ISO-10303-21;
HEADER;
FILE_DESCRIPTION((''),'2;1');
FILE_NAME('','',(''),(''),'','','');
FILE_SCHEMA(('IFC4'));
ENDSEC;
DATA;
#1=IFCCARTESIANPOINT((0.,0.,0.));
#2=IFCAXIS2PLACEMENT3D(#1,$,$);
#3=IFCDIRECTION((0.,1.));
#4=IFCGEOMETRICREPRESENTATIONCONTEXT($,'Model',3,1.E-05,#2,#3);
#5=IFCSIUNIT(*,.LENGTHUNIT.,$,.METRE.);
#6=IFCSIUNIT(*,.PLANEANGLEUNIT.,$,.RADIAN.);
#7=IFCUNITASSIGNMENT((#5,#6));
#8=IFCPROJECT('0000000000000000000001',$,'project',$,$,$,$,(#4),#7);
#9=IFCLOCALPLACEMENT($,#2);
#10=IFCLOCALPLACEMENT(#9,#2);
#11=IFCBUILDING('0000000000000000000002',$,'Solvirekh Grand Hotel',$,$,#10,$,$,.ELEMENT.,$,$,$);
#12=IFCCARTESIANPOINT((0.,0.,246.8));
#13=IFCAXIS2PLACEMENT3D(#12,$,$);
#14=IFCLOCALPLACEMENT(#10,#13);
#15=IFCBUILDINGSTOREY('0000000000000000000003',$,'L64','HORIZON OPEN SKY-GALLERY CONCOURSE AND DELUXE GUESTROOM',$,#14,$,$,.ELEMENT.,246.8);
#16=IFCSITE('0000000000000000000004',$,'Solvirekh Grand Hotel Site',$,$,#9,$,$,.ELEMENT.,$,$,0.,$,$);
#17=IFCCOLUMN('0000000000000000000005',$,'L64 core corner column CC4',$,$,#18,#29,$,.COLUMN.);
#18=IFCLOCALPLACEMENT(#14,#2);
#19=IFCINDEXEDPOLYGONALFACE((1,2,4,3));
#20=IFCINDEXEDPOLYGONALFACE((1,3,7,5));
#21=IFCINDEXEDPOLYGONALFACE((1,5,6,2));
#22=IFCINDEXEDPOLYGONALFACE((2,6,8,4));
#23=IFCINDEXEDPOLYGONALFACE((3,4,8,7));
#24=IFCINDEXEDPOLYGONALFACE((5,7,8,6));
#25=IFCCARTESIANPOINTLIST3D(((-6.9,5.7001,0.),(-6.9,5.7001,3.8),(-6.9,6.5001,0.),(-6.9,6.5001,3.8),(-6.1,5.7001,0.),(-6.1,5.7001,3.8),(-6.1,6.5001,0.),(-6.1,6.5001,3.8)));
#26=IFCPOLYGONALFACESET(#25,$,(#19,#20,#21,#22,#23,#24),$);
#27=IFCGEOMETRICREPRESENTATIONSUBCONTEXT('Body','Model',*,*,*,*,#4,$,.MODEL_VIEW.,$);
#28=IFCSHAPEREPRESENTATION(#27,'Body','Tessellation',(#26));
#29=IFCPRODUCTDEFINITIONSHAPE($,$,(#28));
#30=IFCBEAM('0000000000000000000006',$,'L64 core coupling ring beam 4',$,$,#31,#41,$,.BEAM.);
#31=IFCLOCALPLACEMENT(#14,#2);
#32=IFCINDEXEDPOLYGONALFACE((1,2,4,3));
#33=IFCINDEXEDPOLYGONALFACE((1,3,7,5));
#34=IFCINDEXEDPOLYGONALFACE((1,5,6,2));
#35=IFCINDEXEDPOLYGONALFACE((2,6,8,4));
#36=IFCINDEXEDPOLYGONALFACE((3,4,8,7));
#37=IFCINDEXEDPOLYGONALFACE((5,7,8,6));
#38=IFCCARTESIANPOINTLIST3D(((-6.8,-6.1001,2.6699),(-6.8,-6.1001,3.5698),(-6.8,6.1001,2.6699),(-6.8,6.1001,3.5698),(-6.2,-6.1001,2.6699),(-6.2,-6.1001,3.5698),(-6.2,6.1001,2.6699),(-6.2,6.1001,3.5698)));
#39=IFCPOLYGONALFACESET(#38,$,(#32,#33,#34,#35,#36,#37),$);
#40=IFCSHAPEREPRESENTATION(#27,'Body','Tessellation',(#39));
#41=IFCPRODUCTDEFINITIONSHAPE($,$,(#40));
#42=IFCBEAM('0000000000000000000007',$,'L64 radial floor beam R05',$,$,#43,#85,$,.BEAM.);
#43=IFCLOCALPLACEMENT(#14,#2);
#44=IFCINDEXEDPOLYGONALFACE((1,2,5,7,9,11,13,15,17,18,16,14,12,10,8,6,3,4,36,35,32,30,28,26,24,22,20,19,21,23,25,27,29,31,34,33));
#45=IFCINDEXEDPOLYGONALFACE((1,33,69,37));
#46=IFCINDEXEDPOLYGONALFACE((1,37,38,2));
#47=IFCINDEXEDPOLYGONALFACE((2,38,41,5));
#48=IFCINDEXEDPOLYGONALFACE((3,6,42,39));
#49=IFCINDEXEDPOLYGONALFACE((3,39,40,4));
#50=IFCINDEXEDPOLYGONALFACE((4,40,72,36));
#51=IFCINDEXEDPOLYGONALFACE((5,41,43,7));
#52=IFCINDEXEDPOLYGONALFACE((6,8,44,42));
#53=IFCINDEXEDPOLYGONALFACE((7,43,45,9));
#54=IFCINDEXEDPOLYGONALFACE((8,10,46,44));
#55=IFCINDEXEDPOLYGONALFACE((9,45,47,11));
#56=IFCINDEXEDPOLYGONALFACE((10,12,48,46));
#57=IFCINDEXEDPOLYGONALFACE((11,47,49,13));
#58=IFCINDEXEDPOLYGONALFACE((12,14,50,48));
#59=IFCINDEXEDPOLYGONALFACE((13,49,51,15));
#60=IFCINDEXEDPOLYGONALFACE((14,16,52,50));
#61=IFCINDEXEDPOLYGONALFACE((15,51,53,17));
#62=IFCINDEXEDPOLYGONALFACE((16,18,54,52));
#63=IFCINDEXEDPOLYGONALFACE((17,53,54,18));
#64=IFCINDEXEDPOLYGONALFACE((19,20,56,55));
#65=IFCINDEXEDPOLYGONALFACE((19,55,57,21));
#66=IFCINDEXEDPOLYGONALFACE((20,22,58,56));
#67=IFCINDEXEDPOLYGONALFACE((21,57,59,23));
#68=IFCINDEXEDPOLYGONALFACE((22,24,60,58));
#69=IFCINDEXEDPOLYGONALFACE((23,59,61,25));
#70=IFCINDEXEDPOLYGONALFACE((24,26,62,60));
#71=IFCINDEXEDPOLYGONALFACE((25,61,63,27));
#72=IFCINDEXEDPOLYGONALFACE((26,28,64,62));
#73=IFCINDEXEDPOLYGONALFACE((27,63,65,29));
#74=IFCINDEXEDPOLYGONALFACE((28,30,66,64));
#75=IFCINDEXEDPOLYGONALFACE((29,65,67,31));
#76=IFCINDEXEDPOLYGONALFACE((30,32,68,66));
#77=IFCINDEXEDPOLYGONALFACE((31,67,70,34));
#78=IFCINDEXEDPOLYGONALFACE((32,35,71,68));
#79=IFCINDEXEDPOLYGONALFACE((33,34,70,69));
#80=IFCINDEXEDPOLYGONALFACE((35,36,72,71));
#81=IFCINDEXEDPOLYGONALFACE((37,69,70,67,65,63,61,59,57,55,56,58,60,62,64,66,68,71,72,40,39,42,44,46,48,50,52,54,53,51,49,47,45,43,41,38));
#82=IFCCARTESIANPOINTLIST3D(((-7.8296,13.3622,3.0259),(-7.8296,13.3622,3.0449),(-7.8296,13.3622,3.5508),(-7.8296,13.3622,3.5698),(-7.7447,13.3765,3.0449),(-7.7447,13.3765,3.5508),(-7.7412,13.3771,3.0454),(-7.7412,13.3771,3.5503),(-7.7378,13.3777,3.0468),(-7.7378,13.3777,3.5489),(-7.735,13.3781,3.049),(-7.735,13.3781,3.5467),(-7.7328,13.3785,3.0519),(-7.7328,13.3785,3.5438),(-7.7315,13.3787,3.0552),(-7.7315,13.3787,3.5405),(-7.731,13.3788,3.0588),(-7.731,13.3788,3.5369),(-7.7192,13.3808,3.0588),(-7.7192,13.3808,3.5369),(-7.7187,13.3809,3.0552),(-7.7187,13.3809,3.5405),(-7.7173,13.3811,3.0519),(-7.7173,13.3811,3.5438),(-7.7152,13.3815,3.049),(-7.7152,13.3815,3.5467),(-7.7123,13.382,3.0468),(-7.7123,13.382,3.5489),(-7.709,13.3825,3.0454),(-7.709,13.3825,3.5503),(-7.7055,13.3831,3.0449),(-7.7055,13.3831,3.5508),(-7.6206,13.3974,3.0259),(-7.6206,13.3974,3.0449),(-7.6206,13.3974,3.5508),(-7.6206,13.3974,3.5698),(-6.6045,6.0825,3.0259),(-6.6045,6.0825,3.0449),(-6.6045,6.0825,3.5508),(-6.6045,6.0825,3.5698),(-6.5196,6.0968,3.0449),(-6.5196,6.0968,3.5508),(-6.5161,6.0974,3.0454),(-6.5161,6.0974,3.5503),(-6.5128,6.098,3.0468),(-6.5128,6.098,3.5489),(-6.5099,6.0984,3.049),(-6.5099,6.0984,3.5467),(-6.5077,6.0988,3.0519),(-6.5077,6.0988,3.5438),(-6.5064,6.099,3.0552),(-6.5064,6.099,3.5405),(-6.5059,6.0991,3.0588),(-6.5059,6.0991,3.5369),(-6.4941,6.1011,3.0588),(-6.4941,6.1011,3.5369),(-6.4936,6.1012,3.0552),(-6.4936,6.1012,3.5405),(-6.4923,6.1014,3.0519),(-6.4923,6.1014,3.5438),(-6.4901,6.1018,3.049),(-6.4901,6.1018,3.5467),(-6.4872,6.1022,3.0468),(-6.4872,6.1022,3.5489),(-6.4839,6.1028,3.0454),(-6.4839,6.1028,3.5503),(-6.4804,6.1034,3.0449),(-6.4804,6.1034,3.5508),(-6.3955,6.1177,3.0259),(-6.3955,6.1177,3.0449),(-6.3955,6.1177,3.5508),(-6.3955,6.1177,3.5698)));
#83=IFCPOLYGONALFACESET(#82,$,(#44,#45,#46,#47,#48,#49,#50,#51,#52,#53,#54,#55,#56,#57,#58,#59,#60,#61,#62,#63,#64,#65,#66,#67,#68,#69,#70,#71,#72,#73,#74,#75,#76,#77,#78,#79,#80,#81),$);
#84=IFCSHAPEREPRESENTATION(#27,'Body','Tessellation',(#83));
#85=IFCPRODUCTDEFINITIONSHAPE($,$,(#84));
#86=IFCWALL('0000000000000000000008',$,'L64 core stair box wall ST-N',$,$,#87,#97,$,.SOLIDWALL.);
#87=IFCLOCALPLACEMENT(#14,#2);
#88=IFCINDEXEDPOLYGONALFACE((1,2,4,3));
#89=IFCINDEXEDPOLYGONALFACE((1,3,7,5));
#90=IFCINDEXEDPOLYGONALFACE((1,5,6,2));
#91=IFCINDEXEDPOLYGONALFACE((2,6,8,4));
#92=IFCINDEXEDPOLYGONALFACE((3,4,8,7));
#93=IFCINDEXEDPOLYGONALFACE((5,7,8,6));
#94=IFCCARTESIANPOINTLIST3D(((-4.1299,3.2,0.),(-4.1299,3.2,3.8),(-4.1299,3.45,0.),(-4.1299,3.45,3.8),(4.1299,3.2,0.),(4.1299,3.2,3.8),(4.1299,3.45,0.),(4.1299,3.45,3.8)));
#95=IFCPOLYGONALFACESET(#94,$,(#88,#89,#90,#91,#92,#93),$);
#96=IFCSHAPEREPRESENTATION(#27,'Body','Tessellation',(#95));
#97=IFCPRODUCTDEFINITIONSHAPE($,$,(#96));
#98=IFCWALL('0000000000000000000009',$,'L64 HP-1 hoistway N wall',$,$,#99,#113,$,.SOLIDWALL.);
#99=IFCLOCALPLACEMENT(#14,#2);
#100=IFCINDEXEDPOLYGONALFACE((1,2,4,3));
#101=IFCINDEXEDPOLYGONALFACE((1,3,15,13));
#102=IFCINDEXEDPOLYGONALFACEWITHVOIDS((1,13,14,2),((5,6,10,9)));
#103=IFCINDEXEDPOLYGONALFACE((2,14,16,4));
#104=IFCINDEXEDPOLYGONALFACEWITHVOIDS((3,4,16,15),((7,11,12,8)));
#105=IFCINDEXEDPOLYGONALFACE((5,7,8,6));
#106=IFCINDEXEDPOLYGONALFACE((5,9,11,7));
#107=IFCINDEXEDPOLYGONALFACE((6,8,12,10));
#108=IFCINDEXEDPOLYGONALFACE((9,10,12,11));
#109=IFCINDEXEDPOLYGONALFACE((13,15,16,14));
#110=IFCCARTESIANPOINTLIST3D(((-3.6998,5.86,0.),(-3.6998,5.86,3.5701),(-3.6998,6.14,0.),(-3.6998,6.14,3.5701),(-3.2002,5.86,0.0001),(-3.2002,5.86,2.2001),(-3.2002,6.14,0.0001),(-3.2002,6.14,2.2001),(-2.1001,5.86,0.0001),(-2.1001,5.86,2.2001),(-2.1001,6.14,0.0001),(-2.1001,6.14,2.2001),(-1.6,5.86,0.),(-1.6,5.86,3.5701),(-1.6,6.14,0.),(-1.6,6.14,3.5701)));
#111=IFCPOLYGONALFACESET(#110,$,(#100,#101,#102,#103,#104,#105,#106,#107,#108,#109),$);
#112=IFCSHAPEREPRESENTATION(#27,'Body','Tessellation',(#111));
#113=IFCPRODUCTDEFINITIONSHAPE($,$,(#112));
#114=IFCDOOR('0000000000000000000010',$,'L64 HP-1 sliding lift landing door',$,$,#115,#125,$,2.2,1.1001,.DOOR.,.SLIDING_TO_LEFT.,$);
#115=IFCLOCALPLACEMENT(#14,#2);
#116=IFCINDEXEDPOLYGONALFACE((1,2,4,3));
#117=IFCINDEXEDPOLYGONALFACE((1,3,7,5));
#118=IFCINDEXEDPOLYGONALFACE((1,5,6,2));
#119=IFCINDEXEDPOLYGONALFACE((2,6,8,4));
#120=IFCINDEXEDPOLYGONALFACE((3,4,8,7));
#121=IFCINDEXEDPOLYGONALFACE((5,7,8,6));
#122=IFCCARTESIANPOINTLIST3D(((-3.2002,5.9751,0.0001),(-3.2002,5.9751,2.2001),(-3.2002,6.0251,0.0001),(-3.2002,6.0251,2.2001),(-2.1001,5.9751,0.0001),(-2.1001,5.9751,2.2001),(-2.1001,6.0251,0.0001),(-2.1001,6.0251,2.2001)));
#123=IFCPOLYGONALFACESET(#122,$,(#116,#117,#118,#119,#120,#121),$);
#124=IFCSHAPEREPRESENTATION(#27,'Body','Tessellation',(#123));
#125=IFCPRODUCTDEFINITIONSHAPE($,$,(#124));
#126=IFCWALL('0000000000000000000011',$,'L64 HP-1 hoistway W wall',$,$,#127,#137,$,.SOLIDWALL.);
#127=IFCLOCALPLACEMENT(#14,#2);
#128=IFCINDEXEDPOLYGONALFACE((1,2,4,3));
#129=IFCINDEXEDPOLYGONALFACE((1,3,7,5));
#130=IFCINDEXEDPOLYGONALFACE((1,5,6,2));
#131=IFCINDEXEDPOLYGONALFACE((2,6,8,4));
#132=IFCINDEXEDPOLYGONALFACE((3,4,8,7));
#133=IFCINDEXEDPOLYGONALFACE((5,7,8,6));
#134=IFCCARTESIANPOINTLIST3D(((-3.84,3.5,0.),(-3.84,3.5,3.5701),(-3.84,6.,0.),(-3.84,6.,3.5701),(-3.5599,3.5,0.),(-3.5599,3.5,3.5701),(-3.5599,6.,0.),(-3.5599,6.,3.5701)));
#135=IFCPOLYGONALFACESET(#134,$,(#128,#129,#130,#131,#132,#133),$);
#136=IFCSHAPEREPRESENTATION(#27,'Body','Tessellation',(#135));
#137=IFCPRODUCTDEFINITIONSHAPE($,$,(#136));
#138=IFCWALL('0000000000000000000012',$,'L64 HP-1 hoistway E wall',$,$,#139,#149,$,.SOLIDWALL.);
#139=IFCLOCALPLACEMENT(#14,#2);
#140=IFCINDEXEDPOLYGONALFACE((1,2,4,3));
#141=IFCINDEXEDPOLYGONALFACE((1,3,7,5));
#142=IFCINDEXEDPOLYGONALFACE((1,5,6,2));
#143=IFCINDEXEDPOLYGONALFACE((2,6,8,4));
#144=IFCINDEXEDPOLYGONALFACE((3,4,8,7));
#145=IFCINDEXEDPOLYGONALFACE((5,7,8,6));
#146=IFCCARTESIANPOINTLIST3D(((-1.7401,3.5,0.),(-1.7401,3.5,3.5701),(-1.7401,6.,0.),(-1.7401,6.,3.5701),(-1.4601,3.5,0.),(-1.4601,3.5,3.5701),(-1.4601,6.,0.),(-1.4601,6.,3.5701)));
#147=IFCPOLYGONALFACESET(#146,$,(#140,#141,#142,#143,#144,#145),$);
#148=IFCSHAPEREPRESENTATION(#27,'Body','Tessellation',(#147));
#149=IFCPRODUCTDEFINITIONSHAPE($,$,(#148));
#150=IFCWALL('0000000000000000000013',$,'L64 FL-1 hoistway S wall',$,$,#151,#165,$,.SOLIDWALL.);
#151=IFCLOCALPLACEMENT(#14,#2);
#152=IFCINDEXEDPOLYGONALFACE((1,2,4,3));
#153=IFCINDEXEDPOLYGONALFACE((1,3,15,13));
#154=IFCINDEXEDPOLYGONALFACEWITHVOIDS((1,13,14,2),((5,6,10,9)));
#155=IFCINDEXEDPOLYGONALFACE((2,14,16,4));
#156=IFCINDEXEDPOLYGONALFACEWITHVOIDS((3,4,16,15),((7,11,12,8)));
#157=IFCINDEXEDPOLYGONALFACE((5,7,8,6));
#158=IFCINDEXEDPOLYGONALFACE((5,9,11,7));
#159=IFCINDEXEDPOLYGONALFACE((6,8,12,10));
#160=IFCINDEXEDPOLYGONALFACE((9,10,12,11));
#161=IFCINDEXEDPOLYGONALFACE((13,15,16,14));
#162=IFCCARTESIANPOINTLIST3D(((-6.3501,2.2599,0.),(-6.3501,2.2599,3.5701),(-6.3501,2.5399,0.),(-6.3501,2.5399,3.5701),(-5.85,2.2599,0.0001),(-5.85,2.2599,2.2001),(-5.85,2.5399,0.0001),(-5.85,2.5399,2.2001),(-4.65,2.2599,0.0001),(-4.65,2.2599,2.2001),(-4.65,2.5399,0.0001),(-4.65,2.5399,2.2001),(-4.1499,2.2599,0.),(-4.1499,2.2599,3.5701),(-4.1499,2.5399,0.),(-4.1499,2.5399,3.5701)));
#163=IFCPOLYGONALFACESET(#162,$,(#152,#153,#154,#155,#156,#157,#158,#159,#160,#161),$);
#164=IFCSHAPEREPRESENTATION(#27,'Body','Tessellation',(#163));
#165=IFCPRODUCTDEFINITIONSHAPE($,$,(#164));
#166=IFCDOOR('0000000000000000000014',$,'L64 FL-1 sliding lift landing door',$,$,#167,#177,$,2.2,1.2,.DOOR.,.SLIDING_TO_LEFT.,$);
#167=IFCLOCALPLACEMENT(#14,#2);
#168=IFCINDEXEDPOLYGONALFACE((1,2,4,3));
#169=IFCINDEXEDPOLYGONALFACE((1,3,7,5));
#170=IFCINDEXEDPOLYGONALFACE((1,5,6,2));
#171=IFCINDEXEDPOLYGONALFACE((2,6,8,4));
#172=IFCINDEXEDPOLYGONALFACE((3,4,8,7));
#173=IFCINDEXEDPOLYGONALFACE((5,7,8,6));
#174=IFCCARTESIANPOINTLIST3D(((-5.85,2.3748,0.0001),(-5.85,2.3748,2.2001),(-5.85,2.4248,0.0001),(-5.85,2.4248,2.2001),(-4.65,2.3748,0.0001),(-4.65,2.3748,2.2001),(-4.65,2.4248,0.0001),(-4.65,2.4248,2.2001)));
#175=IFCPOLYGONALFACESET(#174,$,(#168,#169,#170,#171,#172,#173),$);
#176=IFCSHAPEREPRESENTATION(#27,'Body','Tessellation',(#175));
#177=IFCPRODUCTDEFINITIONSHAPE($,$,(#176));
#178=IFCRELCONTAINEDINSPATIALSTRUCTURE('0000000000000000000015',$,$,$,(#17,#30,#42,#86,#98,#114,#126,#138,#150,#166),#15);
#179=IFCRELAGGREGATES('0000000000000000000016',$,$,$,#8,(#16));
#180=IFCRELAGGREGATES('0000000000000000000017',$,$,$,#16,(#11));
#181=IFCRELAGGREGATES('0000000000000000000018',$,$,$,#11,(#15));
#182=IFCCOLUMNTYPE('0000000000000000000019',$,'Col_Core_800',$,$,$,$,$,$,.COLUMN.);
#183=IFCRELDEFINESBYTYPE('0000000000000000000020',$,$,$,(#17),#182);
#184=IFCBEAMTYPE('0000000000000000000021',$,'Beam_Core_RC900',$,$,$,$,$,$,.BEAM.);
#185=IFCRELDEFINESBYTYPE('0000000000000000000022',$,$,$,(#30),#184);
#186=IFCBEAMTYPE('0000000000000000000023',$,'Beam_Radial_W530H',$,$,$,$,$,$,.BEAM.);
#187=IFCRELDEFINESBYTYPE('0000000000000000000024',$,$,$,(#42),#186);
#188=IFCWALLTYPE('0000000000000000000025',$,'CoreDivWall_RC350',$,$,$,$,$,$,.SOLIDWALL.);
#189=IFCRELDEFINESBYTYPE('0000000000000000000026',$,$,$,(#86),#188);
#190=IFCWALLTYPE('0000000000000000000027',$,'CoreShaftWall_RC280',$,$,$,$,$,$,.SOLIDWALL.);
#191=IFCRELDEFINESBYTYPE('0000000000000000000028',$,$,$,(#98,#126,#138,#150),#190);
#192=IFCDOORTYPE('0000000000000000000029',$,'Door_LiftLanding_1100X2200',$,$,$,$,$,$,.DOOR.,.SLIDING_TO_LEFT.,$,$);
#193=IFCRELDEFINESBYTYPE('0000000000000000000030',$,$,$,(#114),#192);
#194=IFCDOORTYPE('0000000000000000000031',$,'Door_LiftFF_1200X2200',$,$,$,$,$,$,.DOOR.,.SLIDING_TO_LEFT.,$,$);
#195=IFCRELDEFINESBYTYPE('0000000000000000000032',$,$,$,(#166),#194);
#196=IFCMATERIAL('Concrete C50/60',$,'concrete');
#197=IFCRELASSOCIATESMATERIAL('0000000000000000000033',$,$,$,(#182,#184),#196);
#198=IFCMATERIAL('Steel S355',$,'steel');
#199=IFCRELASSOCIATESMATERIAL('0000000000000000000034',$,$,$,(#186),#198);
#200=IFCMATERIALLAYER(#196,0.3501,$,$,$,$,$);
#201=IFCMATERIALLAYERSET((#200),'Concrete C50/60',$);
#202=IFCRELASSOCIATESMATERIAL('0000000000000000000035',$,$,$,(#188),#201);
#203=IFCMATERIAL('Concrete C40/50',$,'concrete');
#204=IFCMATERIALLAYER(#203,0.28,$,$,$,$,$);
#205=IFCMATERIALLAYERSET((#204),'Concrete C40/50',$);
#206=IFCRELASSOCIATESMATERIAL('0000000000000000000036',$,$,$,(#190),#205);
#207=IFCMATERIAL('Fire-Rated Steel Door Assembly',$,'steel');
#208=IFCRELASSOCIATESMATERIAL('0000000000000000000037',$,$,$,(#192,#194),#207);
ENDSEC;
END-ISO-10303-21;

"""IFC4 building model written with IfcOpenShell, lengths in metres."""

from ifc_helpers import new_model, si_unit, direction, frame, frame_2d, origin, origin_2d, place, context, subcontext, project, spatial, rectangle, i_section, extrude, material, layer, layer_set, material_profile, profile_set, type_object, element, fill, save


model = new_model("IFC4")

# Units and contexts
model_context = context("Model", 3, precision=1e-05, world=origin(), true_north=direction((0.0, 1.0)))
body_context = subcontext(model_context, "Body", "Model", "MODEL_VIEW")
ifc_project = project(units=[si_unit("LENGTHUNIT", "METRE"), si_unit("PLANEANGLEUNIT", "RADIAN")], contexts=[model_context])

# Site, building, storey
site_placement = place(None, origin())
site = spatial("IfcSite", under=ifc_project, at=site_placement, Name="Solvirekh Grand Hotel Site", CompositionType="ELEMENT", RefElevation=0.0)
building_placement = place(site_placement, origin())
building = spatial("IfcBuilding", under=site, at=building_placement, Name="Solvirekh Grand Hotel", CompositionType="ELEMENT")
storey_placement = place(building_placement, frame((0.0, 0.0, 246.8)))
storey = spatial("IfcBuildingStorey", under=building, at=storey_placement, Name="L64", Description="HORIZON OPEN SKY-GALLERY CONCOURSE AND DELUXE GUESTROOM", CompositionType="ELEMENT", Elevation=246.8)

# Column
ifc_material_1 = material(Name="Concrete C50/60", Category="concrete")
ifc_material_profile_1 = material_profile(ifc_material_1, rectangle(XDim=0.8, YDim=0.8, at=origin_2d()), Name="RC 800X800")
ifc_profile_set_1 = profile_set([ifc_material_profile_1], Name="Concrete C50/60")
column_type = type_object("IfcColumnType", Name="Col_Core_800", PredefinedType="COLUMN", material=ifc_profile_set_1)
column_placement = place(storey_placement, frame((-6.5, 6.1001, 0.0), z_axis=(0.0, 0.0, 1.0), x_axis=(1.0, 0.0, 0.0)))
element("IfcColumn", 1, at=column_placement, inside=storey, type_object=column_type, Name="L64 core corner column CC4", PredefinedType="COLUMN", context=body_context, shape_type="SweptSolid", body=[
    extrude(rectangle(XDim=0.8, YDim=0.8, at=origin_2d()), origin(), (0.0, 0.0, 1.0), 3.8),
])

# Beams
ifc_material_profile_2 = material_profile(ifc_material_1, rectangle(XDim=0.6001, YDim=0.8999, at=origin_2d()), Name="RC BEAM 600X900")
ifc_profile_set_2 = profile_set([ifc_material_profile_2], Name="Concrete C50/60")
beam_type_1 = type_object("IfcBeamType", Name="Beam_Core_RC900", PredefinedType="BEAM", material=ifc_profile_set_2)
beam_1_placement = place(storey_placement, frame((-6.5, 6.1001, 3.1199), z_axis=(0.0, -1.0, 0.0), x_axis=(1.0, 0.0, 0.0)))
element("IfcBeam", 2, at=beam_1_placement, inside=storey, type_object=beam_type_1, Name="L64 core coupling ring beam 4", PredefinedType="BEAM", context=body_context, shape_type="SweptSolid", body=[
    extrude(rectangle(XDim=0.6001, YDim=0.8999, at=origin_2d()), origin(), (0.0, 0.0, 1.0), 12.2002),
])
ifc_material_2 = material(Name="Steel S355", Category="steel")
ifc_material_profile_3 = material_profile(ifc_material_2, i_section(OverallWidth=0.2119, OverallDepth=0.5439, WebThickness=0.012, FlangeThickness=0.019, FilletRadius=0.0139, at=origin_2d()), Name="W530X123")
ifc_profile_set_3 = profile_set([ifc_material_profile_3], Name="Steel S355")
beam_type_2 = type_object("IfcBeamType", Name="Beam_Radial_W530H", PredefinedType="BEAM", material=ifc_profile_set_3)
beam_2_placement = place(storey_placement, frame((-6.5, 6.1001, 3.2979), z_axis=(-0.165954, 0.986133, 0.0), x_axis=(-0.986133, -0.165954, 0.0)))
element("IfcBeam", 3, at=beam_2_placement, inside=storey, type_object=beam_type_2, Name="L64 radial floor beam R05", PredefinedType="BEAM", context=body_context, shape_type="SweptSolid", body=[
    extrude(i_section(OverallWidth=0.2119, OverallDepth=0.5439, WebThickness=0.012, FlangeThickness=0.019, FilletRadius=0.0139, at=origin_2d()), origin(), (0.0, 0.0, 1.0), 7.3821),
])

# Wall
ifc_layer_1 = layer(ifc_material_1, 0.3501)
ifc_layer_set_1 = layer_set([ifc_layer_1], Name="Concrete C50/60")
wall_type_1 = type_object("IfcWallType", Name="CoreDivWall_RC350", PredefinedType="SOLIDWALL", material=ifc_layer_set_1)
wall_1_placement = place(storey_placement, frame((-4.1299, 3.325, 0.0), z_axis=(0.0, 0.0, 1.0), x_axis=(1.0, 0.0, 0.0)))
element("IfcWall", 4, at=wall_1_placement, inside=storey, type_object=wall_type_1, Name="L64 core stair box wall ST-N", PredefinedType="SOLIDWALL", context=body_context, shape_type="SweptSolid", body=[
    extrude(rectangle(XDim=8.2598, YDim=0.25, at=frame_2d((4.1299, 0.0))), origin(), (0.0, 0.0, 1.0), 3.8),
])

# Wall, opening, door
ifc_material_3 = material(Name="Concrete C40/50", Category="concrete")
ifc_layer_2 = layer(ifc_material_3, 0.28)
ifc_layer_set_2 = layer_set([ifc_layer_2], Name="Concrete C40/50")
wall_type_2 = type_object("IfcWallType", Name="CoreShaftWall_RC280", PredefinedType="SOLIDWALL", material=ifc_layer_set_2)
wall_2_placement = place(storey_placement, frame((-1.6001, 6.0, 0.0), z_axis=(0.0, 0.0, 1.0), x_axis=(-1.0, 0.0, 0.0)))
wall_2 = element("IfcWall", 5, at=wall_2_placement, inside=storey, type_object=wall_type_2, Name="L64 HP-1 hoistway N wall", PredefinedType="SOLIDWALL", context=body_context, shape_type="SweptSolid", body=[
    extrude(rectangle(XDim=2.0999, YDim=0.28, at=frame_2d((1.0498, 0.0))), origin(), (0.0, 0.0, 1.0), 3.5701),
])
opening_1_placement = place(wall_2_placement, frame((0.5, 0.0, 0.0)))
opening_1 = element("IfcOpeningElement", 6, at=opening_1_placement, cuts=wall_2, PredefinedType="OPENING", context=body_context, shape_type="SweptSolid", body=[
    extrude(rectangle(XDim=1.1001, YDim=2.2, at=frame_2d((0.55, 1.1001))), frame((0.0, 0.1499, 0.0), z_axis=(0.0, -1.0, 0.0), x_axis=(1.0, 0.0, 0.0)), (0.0, 0.0, 1.0), 0.3),
])
ifc_material_4 = material(Name="Fire-Rated Steel Door Assembly", Category="steel")
door_type_1 = type_object("IfcDoorType", Name="Door_LiftLanding_1100X2200", OperationType="SLIDING_TO_LEFT", PredefinedType="DOOR", material=ifc_material_4)
door_1_placement = place(opening_1_placement, origin())
door_1 = element("IfcDoor", 7, at=door_1_placement, inside=storey, type_object=door_type_1, Name="L64 HP-1 sliding lift landing door", OperationType="SLIDING_TO_LEFT", OverallHeight=2.2, OverallWidth=1.1001, PredefinedType="DOOR", context=body_context, shape_type="SweptSolid", body=[
    extrude(rectangle(XDim=1.1001, YDim=2.2, at=frame_2d((0.55, 1.1001))), frame((0.0, 0.0249, 0.0), z_axis=(0.0, -1.0, 0.0), x_axis=(1.0, 0.0, 0.0)), (0.0, 0.0, 1.0), 0.05),
])
fill(opening_1, door_1)

# Walls
for number, where, z_axis, x_axis, name in (
    (8, (-3.7, 6.0, 0.0), (0.0, 0.0, 1.0), (0.0, -1.0, 0.0), "L64 HP-1 hoistway W wall"),
    (9, (-1.6001, 3.5, 0.0), (0.0, 0.0, 1.0), (0.0, 1.0, 0.0), "L64 HP-1 hoistway E wall"),
):
    element("IfcWall", number, at=place(storey_placement, frame(where, z_axis=z_axis, x_axis=x_axis)), inside=storey, type_object=wall_type_2, Name=name, PredefinedType="SOLIDWALL", context=body_context, shape_type="SweptSolid", body=[
        extrude(rectangle(XDim=2.5, YDim=0.28, at=frame_2d((1.25, 0.0))), origin(), (0.0, 0.0, 1.0), 3.5701),
    ])

# Wall, opening, door
wall_3_placement = place(storey_placement, frame((-6.3501, 2.3999, 0.0), z_axis=(0.0, 0.0, 1.0), x_axis=(1.0, 0.0, 0.0)))
wall_3 = element("IfcWall", 10, at=wall_3_placement, inside=storey, type_object=wall_type_2, Name="L64 FL-1 hoistway S wall", PredefinedType="SOLIDWALL", context=body_context, shape_type="SweptSolid", body=[
    extrude(rectangle(XDim=2.2002, YDim=0.28, at=frame_2d((1.1001, 0.0))), origin(), (0.0, 0.0, 1.0), 3.5701),
])
opening_2_placement = place(wall_3_placement, frame((0.5, 0.0, 0.0)))
opening_2 = element("IfcOpeningElement", 11, at=opening_2_placement, cuts=wall_3, PredefinedType="OPENING", context=body_context, shape_type="SweptSolid", body=[
    extrude(rectangle(XDim=1.2, YDim=2.2, at=frame_2d((0.6001, 1.1001))), frame((0.0, 0.1499, 0.0), z_axis=(0.0, -1.0, 0.0), x_axis=(1.0, 0.0, 0.0)), (0.0, 0.0, 1.0), 0.3),
])
door_type_2 = type_object("IfcDoorType", Name="Door_LiftFF_1200X2200", OperationType="SLIDING_TO_LEFT", PredefinedType="DOOR", material=ifc_material_4)
door_2_placement = place(opening_2_placement, origin())
door_2 = element("IfcDoor", 12, at=door_2_placement, inside=storey, type_object=door_type_2, Name="L64 FL-1 sliding lift landing door", OperationType="SLIDING_TO_LEFT", OverallHeight=2.2, OverallWidth=1.2, PredefinedType="DOOR", context=body_context, shape_type="SweptSolid", body=[
    extrude(rectangle(XDim=1.2, YDim=2.2, at=frame_2d((0.6001, 1.1001))), frame((0.0, 0.0249, 0.0), z_axis=(0.0, -1.0, 0.0), x_axis=(1.0, 0.0, 0.0)), (0.0, 0.0, 1.0), 0.05),
])
fill(opening_2, door_2)

save(model, "model.ifc")
